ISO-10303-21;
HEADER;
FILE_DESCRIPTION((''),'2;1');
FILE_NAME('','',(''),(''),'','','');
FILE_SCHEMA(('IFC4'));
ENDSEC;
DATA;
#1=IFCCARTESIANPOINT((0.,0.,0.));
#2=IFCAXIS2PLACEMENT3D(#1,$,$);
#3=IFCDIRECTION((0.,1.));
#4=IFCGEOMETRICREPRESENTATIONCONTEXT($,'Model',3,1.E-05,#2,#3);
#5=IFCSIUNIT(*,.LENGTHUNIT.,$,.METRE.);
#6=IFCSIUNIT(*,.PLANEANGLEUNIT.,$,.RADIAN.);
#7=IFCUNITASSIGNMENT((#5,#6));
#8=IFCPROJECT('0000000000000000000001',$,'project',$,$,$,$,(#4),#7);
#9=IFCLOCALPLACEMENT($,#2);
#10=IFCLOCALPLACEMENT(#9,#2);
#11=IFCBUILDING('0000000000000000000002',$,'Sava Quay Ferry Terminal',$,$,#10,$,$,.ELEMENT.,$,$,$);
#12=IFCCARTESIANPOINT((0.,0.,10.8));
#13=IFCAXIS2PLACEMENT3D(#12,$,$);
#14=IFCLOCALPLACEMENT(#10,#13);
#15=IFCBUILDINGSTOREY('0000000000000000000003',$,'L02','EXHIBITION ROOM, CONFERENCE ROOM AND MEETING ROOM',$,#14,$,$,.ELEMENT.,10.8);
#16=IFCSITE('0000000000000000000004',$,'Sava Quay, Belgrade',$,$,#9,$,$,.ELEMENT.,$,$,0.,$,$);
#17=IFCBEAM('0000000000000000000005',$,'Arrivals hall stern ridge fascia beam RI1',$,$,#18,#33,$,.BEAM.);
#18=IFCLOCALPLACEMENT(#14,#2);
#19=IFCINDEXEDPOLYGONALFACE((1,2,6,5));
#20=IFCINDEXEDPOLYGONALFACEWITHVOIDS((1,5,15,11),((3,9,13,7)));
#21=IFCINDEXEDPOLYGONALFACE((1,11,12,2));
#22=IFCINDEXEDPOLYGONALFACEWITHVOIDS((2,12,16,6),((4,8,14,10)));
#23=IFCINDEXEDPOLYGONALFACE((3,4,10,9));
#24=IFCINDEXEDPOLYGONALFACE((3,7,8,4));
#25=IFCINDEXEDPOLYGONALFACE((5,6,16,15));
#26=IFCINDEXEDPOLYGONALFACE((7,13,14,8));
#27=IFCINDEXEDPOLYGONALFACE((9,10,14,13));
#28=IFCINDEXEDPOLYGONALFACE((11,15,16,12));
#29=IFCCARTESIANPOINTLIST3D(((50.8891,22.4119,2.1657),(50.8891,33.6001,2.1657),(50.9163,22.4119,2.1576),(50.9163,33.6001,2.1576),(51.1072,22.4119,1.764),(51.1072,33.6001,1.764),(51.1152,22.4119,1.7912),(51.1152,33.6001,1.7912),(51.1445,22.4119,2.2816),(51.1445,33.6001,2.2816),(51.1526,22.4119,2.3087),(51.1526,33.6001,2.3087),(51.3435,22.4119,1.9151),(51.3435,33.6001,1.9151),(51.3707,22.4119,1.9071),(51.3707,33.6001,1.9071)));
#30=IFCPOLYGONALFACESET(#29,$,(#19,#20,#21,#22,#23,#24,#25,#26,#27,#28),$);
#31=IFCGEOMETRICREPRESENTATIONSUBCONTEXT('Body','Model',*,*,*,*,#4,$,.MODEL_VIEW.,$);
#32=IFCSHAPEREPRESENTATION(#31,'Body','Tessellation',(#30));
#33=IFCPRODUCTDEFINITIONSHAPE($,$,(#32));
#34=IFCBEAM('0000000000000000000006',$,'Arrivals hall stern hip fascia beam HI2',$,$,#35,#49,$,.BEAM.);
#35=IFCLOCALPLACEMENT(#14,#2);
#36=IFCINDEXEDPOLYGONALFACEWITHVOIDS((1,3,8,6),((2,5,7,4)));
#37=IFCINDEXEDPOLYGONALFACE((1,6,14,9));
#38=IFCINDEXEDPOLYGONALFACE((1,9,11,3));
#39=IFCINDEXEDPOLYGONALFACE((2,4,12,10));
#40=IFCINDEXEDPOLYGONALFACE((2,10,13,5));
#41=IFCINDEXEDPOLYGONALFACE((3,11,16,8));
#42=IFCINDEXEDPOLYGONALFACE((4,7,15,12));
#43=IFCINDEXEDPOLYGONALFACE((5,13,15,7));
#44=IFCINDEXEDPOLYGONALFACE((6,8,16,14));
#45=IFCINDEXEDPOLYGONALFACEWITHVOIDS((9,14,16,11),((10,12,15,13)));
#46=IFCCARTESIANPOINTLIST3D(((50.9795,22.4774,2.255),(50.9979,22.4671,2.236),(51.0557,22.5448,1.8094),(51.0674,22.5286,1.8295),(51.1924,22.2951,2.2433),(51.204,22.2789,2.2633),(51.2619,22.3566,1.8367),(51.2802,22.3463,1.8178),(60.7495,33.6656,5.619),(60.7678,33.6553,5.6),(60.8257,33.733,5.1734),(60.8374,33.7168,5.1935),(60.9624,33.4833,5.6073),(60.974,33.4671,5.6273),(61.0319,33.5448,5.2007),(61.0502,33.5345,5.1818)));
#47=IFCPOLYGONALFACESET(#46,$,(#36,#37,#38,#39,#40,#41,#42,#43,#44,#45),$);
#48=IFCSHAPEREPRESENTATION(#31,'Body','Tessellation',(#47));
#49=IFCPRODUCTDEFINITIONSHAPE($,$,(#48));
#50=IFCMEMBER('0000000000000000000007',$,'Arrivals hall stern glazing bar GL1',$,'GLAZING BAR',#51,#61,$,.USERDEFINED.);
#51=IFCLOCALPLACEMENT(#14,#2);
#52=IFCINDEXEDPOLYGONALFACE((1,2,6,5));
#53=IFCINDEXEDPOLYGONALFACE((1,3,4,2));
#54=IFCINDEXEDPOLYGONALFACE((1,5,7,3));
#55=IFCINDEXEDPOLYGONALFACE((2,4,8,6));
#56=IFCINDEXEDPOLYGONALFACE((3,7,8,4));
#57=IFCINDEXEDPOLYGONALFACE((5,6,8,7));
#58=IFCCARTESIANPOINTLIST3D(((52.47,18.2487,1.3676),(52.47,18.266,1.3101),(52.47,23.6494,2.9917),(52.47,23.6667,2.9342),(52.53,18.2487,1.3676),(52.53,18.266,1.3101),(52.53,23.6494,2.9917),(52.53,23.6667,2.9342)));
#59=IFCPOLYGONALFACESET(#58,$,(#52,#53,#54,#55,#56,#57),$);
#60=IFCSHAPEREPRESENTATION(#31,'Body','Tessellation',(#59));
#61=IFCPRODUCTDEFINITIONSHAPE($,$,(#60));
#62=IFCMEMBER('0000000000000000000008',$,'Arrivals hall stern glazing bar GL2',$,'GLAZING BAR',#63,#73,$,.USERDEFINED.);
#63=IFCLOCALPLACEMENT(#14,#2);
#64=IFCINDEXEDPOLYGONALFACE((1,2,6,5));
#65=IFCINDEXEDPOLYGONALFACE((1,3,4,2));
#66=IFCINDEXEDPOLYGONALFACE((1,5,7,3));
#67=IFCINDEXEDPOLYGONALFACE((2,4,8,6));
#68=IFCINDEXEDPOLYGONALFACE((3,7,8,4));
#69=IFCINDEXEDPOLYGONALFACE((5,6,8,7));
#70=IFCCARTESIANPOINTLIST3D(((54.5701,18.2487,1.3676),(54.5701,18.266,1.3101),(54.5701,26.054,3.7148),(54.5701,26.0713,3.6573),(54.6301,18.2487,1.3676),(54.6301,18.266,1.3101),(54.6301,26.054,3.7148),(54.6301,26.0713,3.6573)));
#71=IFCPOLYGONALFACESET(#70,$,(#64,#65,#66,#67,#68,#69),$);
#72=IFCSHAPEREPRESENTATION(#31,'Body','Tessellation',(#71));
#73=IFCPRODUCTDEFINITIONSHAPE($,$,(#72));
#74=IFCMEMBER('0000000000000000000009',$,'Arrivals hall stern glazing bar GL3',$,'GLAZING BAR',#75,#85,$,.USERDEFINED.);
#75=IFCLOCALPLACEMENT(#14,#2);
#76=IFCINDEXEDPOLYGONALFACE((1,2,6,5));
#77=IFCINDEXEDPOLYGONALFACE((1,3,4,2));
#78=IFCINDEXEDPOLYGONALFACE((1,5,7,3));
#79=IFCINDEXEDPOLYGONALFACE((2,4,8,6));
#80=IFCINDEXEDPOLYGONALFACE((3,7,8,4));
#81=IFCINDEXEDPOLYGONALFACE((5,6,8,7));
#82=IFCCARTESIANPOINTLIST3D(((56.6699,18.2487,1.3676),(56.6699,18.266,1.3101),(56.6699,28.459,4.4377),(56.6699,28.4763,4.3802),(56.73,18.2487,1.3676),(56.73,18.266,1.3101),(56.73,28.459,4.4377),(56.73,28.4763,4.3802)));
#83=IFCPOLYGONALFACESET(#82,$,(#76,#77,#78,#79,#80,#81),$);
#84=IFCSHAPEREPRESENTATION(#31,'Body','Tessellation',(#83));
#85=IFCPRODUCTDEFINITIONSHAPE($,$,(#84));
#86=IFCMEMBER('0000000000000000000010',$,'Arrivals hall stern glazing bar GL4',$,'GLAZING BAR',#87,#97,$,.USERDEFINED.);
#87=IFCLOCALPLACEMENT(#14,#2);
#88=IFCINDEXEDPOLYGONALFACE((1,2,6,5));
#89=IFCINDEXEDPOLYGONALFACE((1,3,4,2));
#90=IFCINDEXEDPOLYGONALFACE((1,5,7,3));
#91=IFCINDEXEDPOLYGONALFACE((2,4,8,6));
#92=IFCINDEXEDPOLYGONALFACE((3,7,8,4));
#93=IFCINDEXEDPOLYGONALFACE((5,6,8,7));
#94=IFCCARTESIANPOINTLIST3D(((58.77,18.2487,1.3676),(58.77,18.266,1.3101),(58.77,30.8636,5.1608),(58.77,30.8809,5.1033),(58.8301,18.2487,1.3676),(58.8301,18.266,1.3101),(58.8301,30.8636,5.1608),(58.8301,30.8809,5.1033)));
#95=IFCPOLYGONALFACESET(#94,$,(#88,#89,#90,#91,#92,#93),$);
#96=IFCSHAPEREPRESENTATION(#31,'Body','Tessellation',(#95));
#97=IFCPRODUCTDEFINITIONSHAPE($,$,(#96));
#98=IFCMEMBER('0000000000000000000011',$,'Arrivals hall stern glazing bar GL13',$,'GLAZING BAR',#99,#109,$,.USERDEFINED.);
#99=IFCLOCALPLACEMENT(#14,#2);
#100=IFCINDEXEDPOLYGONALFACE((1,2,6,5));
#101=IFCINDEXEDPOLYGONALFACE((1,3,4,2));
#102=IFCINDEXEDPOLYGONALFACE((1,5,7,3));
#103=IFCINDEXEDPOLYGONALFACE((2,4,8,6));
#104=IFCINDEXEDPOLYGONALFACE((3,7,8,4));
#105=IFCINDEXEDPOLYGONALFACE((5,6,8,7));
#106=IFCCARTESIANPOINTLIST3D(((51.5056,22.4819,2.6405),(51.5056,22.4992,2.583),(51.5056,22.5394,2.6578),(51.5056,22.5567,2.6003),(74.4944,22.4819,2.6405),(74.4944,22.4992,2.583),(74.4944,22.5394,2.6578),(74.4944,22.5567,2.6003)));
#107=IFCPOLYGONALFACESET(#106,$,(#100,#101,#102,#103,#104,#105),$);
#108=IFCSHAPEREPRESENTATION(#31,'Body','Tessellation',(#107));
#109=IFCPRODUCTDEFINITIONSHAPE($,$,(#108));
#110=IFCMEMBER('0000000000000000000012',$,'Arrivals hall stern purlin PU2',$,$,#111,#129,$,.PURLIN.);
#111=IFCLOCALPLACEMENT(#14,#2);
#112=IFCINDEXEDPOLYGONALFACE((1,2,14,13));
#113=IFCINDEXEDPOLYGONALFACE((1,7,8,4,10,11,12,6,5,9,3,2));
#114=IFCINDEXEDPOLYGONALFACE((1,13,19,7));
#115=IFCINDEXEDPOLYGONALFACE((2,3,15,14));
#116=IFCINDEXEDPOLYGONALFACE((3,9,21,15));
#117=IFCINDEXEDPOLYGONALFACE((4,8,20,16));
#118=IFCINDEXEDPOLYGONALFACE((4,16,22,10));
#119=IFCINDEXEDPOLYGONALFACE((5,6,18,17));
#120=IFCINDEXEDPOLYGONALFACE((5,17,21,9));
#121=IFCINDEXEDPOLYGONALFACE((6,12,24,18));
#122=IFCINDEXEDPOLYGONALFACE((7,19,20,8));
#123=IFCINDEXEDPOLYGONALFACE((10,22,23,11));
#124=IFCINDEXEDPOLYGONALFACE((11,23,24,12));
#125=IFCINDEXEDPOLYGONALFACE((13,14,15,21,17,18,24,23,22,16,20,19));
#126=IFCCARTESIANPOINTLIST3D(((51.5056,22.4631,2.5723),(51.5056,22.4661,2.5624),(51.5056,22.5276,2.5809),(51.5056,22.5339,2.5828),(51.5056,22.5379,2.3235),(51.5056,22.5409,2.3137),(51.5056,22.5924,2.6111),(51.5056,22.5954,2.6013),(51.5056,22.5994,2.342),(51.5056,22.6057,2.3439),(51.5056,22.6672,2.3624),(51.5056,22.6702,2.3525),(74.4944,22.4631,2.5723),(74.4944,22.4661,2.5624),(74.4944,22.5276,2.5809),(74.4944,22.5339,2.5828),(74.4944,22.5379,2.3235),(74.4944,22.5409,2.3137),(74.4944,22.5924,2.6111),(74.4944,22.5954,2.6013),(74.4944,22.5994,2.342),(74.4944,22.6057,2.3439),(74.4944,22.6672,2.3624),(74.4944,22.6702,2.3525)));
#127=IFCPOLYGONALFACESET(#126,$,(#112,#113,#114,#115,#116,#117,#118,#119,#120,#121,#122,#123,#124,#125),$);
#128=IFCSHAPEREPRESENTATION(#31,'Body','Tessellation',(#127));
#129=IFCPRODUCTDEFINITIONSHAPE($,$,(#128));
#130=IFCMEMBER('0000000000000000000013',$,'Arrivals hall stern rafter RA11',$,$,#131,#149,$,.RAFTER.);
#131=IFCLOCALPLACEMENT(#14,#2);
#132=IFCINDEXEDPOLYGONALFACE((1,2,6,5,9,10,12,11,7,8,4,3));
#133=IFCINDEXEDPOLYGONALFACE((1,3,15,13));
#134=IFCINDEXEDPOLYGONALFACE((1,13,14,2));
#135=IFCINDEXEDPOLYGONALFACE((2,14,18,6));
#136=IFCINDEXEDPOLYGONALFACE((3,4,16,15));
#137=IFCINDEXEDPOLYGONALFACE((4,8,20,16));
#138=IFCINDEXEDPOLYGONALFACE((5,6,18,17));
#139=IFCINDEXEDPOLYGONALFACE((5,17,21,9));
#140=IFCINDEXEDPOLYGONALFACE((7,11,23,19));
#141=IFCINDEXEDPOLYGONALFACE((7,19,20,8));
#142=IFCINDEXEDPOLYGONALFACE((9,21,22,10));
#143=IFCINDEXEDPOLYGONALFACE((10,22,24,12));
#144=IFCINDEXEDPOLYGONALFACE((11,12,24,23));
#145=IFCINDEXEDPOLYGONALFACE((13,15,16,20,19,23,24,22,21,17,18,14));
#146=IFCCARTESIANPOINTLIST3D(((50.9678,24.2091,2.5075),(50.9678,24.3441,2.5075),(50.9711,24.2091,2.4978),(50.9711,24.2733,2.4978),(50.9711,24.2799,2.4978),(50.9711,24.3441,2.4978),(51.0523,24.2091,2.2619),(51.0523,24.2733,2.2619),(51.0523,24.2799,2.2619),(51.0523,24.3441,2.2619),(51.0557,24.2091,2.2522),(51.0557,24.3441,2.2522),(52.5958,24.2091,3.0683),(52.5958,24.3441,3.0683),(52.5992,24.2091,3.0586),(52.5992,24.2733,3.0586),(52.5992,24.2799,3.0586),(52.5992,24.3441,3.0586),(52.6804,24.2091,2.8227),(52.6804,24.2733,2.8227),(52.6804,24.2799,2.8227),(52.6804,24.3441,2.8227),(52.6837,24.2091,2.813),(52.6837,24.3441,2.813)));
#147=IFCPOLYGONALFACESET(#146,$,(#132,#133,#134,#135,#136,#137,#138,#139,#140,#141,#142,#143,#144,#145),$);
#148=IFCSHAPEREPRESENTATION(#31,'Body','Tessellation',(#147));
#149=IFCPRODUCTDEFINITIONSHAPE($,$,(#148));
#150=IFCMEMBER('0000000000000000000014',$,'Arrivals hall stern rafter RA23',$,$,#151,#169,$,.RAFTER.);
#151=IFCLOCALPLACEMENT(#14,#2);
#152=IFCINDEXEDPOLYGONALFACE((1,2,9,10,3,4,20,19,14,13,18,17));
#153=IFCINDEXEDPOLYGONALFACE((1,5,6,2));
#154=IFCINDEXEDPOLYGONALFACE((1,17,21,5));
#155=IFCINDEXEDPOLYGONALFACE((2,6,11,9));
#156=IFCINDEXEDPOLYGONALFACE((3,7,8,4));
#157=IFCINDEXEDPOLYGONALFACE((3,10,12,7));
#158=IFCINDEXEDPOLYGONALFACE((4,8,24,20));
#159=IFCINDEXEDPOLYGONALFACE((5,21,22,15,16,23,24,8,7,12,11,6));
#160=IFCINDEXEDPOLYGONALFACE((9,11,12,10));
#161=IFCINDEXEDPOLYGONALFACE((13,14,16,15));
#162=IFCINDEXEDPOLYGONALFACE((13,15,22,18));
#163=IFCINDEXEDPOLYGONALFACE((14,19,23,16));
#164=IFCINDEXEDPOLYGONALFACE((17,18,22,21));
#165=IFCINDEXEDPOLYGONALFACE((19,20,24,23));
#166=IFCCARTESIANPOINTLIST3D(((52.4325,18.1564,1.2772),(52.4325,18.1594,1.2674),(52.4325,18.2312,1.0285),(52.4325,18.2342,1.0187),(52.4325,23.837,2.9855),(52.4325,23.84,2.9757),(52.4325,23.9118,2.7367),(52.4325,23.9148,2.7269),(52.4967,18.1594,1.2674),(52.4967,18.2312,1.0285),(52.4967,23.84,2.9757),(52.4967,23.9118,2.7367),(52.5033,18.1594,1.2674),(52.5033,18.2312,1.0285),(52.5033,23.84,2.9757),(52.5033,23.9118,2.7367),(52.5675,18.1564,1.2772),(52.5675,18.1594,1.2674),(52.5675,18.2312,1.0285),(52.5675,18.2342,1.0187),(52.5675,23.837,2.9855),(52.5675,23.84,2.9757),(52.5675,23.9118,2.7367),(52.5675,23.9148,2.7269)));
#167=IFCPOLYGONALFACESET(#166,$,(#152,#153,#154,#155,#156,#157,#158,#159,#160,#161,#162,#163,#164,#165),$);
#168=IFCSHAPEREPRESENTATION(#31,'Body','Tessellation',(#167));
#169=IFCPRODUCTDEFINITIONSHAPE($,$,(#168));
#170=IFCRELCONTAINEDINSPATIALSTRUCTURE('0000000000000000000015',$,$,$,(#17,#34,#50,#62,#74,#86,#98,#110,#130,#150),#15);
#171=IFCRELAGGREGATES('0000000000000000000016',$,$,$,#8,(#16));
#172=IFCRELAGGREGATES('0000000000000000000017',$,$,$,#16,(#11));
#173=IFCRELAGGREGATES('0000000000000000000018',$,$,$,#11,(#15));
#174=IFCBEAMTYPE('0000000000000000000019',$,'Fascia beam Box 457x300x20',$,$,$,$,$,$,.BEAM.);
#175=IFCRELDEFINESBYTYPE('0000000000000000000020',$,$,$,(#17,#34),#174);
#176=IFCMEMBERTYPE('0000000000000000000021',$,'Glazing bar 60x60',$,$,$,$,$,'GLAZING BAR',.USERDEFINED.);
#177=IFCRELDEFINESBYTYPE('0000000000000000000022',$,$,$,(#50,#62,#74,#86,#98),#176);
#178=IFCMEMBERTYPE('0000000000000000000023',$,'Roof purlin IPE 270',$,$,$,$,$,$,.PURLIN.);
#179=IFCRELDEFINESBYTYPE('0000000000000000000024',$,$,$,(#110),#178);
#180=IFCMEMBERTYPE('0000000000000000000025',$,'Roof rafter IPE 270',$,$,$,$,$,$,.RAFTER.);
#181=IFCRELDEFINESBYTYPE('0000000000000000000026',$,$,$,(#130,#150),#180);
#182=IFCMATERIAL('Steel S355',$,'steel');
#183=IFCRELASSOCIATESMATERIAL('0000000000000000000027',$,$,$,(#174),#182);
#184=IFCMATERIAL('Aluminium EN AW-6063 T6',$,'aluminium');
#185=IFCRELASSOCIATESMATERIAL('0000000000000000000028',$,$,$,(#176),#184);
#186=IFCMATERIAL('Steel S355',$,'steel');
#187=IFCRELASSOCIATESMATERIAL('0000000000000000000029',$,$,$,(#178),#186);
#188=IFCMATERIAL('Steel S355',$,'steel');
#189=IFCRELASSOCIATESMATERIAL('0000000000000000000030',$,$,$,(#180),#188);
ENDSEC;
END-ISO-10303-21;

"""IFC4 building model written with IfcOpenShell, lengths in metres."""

from ifc_helpers import new_model, si_unit, direction, frame, origin, origin_2d, place, context, subcontext, project, spatial, polyline, rectangle, i_section, outline, extrude, material, material_profile, profile_set, type_object, element, save


model = new_model("IFC4")

# Units and contexts
model_context = context("Model", 3, precision=1e-05, world=origin(), true_north=direction((0.0, 1.0)))
body_context = subcontext(model_context, "Body", "Model", "MODEL_VIEW")
ifc_project = project(units=[si_unit("LENGTHUNIT", "METRE"), si_unit("PLANEANGLEUNIT", "RADIAN")], contexts=[model_context])

# Site, building, storey
site_placement = place(None, origin())
site = spatial("IfcSite", under=ifc_project, at=site_placement, Name="Sava Quay, Belgrade", CompositionType="ELEMENT", RefElevation=0.0)
building_placement = place(site_placement, origin())
building = spatial("IfcBuilding", under=site, at=building_placement, Name="Sava Quay Ferry Terminal", CompositionType="ELEMENT")
storey_placement = place(building_placement, frame((0.0, 0.0, 10.8)))
storey = spatial("IfcBuildingStorey", under=building, at=storey_placement, Name="L02", Description="EXHIBITION ROOM, CONFERENCE ROOM AND MEETING ROOM", CompositionType="ELEMENT", Elevation=10.8)

# Beams
ifc_material_1 = material(Name="Steel S355", Category="steel")
ifc_material_profile_1 = material_profile(ifc_material_1, outline(polyline([(-0.1499, -0.2285), (0.1499, -0.2285), (0.1499, 0.2285), (-0.1499, 0.2285), (-0.1499, -0.2285)]), holes=[polyline([(-0.1299, -0.2085), (-0.1299, 0.2085), (0.1299, 0.2085), (0.1299, -0.2085), (-0.1299, -0.2085)])]), Name="Box 457x300x20 built-up")
ifc_profile_set_1 = profile_set([ifc_material_profile_1], Name="Steel S355")
beam_type = type_object("IfcBeamType", Name="Fascia beam Box 457x300x20", PredefinedType="BEAM", material=ifc_profile_set_1)
beam_1_placement = place(storey_placement, frame((51.1299, 22.4119, 2.0364), z_axis=(0.0, 1.0, 0.0), x_axis=(-0.878817, 0.0, -0.477159)))
element("IfcBeam", 1, at=beam_1_placement, inside=storey, type_object=beam_type, Name="Arrivals hall stern ridge fascia beam RI1", PredefinedType="BEAM", context=body_context, shape_type="SweptSolid", body=[
    extrude(outline(polyline([(-0.1499, -0.2285), (0.1499, -0.2285), (0.1499, 0.2285), (-0.1499, 0.2285), (-0.1499, -0.2285)]), holes=[polyline([(-0.1299, -0.2085), (-0.1299, 0.2085), (0.1299, 0.2085), (0.1299, -0.2085), (-0.1299, -0.2085)])]), origin(), (0.0, 0.0, 1.0), 11.1882),
])
beam_2_placement = place(storey_placement, frame((51.1299, 22.4119, 2.0364), z_axis=(0.641507, 0.734628, 0.220884), x_axis=(-0.74877, 0.662243, -0.027893)))
element("IfcBeam", 2, at=beam_2_placement, inside=storey, type_object=beam_type, Name="Arrivals hall stern hip fascia beam HI2", PredefinedType="BEAM", context=body_context, shape_type="SweptSolid", body=[
    extrude(outline(polyline([(-0.1499, -0.2285), (0.1499, -0.2285), (0.1499, 0.2285), (-0.1499, 0.2285), (-0.1499, -0.2285)]), holes=[polyline([(-0.1299, -0.2085), (-0.1299, 0.2085), (0.1299, 0.2085), (0.1299, -0.2085), (-0.1299, -0.2085)])]), origin(), (0.0, 0.0, 1.0), 15.2297),
])

# Members
ifc_material_2 = material(Name="Aluminium EN AW-6063 T6", Category="aluminium")
ifc_material_profile_2 = material_profile(ifc_material_2, rectangle(XDim=0.0601, YDim=0.0601, at=origin_2d()), Name="Bar 60 x 60")
ifc_profile_set_2 = profile_set([ifc_material_profile_2], Name="Aluminium EN AW-6063 T6")
member_type_1 = type_object("IfcMemberType", Name="Glazing bar 60x60", ElementType="GLAZING BAR", PredefinedType="USERDEFINED", material=ifc_profile_set_2)
member_1_placement = place(storey_placement, frame((52.5, 18.2573, 1.3389), z_axis=(0.0, 0.957639, 0.287971), x_axis=(-1.0, 0.0, 0.0)))
element("IfcMember", 3, at=member_1_placement, inside=storey, type_object=member_type_1, Name="Arrivals hall stern glazing bar GL1", ObjectType="GLAZING BAR", PredefinedType="USERDEFINED", context=body_context, shape_type="SweptSolid", body=[
    extrude(rectangle(XDim=0.0601, YDim=0.0601, at=origin_2d()), origin(), (0.0, 0.0, 1.0), 5.6396),
])
member_2_placement = place(storey_placement, frame((54.6001, 18.2573, 1.3389), z_axis=(0.0, 0.957639, 0.287972), x_axis=(-1.0, 0.0, 0.0)))
element("IfcMember", 4, at=member_2_placement, inside=storey, type_object=member_type_1, Name="Arrivals hall stern glazing bar GL2", ObjectType="GLAZING BAR", PredefinedType="USERDEFINED", context=body_context, shape_type="SweptSolid", body=[
    extrude(rectangle(XDim=0.0601, YDim=0.0601, at=origin_2d()), origin(), (0.0, 0.0, 1.0), 8.1506),
])
member_3_placement = place(storey_placement, frame((56.7, 18.2573, 1.3389), z_axis=(0.0, 0.957645, 0.287951), x_axis=(-1.0, 0.0, 0.0)))
element("IfcMember", 5, at=member_3_placement, inside=storey, type_object=member_type_1, Name="Arrivals hall stern glazing bar GL3", ObjectType="GLAZING BAR", PredefinedType="USERDEFINED", context=body_context, shape_type="SweptSolid", body=[
    extrude(rectangle(XDim=0.0601, YDim=0.0601, at=origin_2d()), origin(), (0.0, 0.0, 1.0), 10.6619),
])
member_4_placement = place(storey_placement, frame((58.8, 18.2573, 1.3389), z_axis=(0.0, 0.957644, 0.287955), x_axis=(-1.0, 0.0, 0.0)))
element("IfcMember", 6, at=member_4_placement, inside=storey, type_object=member_type_1, Name="Arrivals hall stern glazing bar GL4", ObjectType="GLAZING BAR", PredefinedType="USERDEFINED", context=body_context, shape_type="SweptSolid", body=[
    extrude(rectangle(XDim=0.0601, YDim=0.0601, at=origin_2d()), origin(), (0.0, 0.0, 1.0), 13.1729),
])
member_5_placement = place(storey_placement, frame((51.5056, 22.5193, 2.6204), z_axis=(1.0, 0.0, 0.0), x_axis=(0.0, 0.957647, 0.287946)))
element("IfcMember", 7, at=member_5_placement, inside=storey, type_object=member_type_1, Name="Arrivals hall stern glazing bar GL13", ObjectType="GLAZING BAR", PredefinedType="USERDEFINED", context=body_context, shape_type="SweptSolid", body=[
    extrude(rectangle(XDim=0.0601, YDim=0.0601, at=origin_2d()), origin(), (0.0, 0.0, 1.0), 22.9888),
])
ifc_material_3 = material(Name="Steel S355", Category="steel")
ifc_material_profile_3 = material_profile(ifc_material_3, i_section(OverallWidth=0.135, OverallDepth=0.27, WebThickness=0.0066, FlangeThickness=0.0103, at=origin_2d()), Name="IPE 270")
ifc_profile_set_3 = profile_set([ifc_material_profile_3], Name="Steel S355")
member_type_2 = type_object("IfcMemberType", Name="Roof purlin IPE 270", PredefinedType="PURLIN", material=ifc_profile_set_3)
member_6_placement = place(storey_placement, frame((51.5056, 22.5667, 2.4624), z_axis=(1.0, 0.0, 0.0), x_axis=(0.0, 0.957647, 0.287946)))
element("IfcMember", 8, at=member_6_placement, inside=storey, type_object=member_type_2, Name="Arrivals hall stern purlin PU2", PredefinedType="PURLIN", context=body_context, shape_type="SweptSolid", body=[
    extrude(i_section(OverallWidth=0.135, OverallDepth=0.27, WebThickness=0.0066, FlangeThickness=0.0103, at=origin_2d()), origin(), (0.0, 0.0, 1.0), 22.9888),
])
ifc_material_4 = material(Name="Steel S355", Category="steel")
ifc_material_profile_4 = material_profile(ifc_material_4, i_section(OverallWidth=0.135, OverallDepth=0.27, WebThickness=0.0066, FlangeThickness=0.0103, at=origin_2d()), Name="IPE 270")
ifc_profile_set_4 = profile_set([ifc_material_profile_4], Name="Steel S355")
member_type_3 = type_object("IfcMemberType", Name="Roof rafter IPE 270", PredefinedType="RAFTER", material=ifc_profile_set_4)
member_7_placement = place(storey_placement, frame((51.0117, 24.2766, 2.3799), z_axis=(0.945489, 0.0, 0.325654), x_axis=(0.0, 1.0, 0.0)))
element("IfcMember", 9, at=member_7_placement, inside=storey, type_object=member_type_3, Name="Arrivals hall stern rafter RA11", PredefinedType="RAFTER", context=body_context, shape_type="SweptSolid", body=[
    extrude(i_section(OverallWidth=0.135, OverallDepth=0.27, WebThickness=0.0066, FlangeThickness=0.0103, at=origin_2d()), origin(), (0.0, 0.0, 1.0), 1.7219),
])
member_8_placement = place(storey_placement, frame((52.5, 18.1953, 1.1479), z_axis=(0.0, 0.957638, 0.287975), x_axis=(-1.0, 0.0, 0.0)))
element("IfcMember", 10, at=member_8_placement, inside=storey, type_object=member_type_3, Name="Arrivals hall stern rafter RA23", PredefinedType="RAFTER", context=body_context, shape_type="SweptSolid", body=[
    extrude(i_section(OverallWidth=0.135, OverallDepth=0.27, WebThickness=0.0066, FlangeThickness=0.0103, at=origin_2d()), origin(), (0.0, 0.0, 1.0), 5.9319),
])

save(model, "model.ifc")
